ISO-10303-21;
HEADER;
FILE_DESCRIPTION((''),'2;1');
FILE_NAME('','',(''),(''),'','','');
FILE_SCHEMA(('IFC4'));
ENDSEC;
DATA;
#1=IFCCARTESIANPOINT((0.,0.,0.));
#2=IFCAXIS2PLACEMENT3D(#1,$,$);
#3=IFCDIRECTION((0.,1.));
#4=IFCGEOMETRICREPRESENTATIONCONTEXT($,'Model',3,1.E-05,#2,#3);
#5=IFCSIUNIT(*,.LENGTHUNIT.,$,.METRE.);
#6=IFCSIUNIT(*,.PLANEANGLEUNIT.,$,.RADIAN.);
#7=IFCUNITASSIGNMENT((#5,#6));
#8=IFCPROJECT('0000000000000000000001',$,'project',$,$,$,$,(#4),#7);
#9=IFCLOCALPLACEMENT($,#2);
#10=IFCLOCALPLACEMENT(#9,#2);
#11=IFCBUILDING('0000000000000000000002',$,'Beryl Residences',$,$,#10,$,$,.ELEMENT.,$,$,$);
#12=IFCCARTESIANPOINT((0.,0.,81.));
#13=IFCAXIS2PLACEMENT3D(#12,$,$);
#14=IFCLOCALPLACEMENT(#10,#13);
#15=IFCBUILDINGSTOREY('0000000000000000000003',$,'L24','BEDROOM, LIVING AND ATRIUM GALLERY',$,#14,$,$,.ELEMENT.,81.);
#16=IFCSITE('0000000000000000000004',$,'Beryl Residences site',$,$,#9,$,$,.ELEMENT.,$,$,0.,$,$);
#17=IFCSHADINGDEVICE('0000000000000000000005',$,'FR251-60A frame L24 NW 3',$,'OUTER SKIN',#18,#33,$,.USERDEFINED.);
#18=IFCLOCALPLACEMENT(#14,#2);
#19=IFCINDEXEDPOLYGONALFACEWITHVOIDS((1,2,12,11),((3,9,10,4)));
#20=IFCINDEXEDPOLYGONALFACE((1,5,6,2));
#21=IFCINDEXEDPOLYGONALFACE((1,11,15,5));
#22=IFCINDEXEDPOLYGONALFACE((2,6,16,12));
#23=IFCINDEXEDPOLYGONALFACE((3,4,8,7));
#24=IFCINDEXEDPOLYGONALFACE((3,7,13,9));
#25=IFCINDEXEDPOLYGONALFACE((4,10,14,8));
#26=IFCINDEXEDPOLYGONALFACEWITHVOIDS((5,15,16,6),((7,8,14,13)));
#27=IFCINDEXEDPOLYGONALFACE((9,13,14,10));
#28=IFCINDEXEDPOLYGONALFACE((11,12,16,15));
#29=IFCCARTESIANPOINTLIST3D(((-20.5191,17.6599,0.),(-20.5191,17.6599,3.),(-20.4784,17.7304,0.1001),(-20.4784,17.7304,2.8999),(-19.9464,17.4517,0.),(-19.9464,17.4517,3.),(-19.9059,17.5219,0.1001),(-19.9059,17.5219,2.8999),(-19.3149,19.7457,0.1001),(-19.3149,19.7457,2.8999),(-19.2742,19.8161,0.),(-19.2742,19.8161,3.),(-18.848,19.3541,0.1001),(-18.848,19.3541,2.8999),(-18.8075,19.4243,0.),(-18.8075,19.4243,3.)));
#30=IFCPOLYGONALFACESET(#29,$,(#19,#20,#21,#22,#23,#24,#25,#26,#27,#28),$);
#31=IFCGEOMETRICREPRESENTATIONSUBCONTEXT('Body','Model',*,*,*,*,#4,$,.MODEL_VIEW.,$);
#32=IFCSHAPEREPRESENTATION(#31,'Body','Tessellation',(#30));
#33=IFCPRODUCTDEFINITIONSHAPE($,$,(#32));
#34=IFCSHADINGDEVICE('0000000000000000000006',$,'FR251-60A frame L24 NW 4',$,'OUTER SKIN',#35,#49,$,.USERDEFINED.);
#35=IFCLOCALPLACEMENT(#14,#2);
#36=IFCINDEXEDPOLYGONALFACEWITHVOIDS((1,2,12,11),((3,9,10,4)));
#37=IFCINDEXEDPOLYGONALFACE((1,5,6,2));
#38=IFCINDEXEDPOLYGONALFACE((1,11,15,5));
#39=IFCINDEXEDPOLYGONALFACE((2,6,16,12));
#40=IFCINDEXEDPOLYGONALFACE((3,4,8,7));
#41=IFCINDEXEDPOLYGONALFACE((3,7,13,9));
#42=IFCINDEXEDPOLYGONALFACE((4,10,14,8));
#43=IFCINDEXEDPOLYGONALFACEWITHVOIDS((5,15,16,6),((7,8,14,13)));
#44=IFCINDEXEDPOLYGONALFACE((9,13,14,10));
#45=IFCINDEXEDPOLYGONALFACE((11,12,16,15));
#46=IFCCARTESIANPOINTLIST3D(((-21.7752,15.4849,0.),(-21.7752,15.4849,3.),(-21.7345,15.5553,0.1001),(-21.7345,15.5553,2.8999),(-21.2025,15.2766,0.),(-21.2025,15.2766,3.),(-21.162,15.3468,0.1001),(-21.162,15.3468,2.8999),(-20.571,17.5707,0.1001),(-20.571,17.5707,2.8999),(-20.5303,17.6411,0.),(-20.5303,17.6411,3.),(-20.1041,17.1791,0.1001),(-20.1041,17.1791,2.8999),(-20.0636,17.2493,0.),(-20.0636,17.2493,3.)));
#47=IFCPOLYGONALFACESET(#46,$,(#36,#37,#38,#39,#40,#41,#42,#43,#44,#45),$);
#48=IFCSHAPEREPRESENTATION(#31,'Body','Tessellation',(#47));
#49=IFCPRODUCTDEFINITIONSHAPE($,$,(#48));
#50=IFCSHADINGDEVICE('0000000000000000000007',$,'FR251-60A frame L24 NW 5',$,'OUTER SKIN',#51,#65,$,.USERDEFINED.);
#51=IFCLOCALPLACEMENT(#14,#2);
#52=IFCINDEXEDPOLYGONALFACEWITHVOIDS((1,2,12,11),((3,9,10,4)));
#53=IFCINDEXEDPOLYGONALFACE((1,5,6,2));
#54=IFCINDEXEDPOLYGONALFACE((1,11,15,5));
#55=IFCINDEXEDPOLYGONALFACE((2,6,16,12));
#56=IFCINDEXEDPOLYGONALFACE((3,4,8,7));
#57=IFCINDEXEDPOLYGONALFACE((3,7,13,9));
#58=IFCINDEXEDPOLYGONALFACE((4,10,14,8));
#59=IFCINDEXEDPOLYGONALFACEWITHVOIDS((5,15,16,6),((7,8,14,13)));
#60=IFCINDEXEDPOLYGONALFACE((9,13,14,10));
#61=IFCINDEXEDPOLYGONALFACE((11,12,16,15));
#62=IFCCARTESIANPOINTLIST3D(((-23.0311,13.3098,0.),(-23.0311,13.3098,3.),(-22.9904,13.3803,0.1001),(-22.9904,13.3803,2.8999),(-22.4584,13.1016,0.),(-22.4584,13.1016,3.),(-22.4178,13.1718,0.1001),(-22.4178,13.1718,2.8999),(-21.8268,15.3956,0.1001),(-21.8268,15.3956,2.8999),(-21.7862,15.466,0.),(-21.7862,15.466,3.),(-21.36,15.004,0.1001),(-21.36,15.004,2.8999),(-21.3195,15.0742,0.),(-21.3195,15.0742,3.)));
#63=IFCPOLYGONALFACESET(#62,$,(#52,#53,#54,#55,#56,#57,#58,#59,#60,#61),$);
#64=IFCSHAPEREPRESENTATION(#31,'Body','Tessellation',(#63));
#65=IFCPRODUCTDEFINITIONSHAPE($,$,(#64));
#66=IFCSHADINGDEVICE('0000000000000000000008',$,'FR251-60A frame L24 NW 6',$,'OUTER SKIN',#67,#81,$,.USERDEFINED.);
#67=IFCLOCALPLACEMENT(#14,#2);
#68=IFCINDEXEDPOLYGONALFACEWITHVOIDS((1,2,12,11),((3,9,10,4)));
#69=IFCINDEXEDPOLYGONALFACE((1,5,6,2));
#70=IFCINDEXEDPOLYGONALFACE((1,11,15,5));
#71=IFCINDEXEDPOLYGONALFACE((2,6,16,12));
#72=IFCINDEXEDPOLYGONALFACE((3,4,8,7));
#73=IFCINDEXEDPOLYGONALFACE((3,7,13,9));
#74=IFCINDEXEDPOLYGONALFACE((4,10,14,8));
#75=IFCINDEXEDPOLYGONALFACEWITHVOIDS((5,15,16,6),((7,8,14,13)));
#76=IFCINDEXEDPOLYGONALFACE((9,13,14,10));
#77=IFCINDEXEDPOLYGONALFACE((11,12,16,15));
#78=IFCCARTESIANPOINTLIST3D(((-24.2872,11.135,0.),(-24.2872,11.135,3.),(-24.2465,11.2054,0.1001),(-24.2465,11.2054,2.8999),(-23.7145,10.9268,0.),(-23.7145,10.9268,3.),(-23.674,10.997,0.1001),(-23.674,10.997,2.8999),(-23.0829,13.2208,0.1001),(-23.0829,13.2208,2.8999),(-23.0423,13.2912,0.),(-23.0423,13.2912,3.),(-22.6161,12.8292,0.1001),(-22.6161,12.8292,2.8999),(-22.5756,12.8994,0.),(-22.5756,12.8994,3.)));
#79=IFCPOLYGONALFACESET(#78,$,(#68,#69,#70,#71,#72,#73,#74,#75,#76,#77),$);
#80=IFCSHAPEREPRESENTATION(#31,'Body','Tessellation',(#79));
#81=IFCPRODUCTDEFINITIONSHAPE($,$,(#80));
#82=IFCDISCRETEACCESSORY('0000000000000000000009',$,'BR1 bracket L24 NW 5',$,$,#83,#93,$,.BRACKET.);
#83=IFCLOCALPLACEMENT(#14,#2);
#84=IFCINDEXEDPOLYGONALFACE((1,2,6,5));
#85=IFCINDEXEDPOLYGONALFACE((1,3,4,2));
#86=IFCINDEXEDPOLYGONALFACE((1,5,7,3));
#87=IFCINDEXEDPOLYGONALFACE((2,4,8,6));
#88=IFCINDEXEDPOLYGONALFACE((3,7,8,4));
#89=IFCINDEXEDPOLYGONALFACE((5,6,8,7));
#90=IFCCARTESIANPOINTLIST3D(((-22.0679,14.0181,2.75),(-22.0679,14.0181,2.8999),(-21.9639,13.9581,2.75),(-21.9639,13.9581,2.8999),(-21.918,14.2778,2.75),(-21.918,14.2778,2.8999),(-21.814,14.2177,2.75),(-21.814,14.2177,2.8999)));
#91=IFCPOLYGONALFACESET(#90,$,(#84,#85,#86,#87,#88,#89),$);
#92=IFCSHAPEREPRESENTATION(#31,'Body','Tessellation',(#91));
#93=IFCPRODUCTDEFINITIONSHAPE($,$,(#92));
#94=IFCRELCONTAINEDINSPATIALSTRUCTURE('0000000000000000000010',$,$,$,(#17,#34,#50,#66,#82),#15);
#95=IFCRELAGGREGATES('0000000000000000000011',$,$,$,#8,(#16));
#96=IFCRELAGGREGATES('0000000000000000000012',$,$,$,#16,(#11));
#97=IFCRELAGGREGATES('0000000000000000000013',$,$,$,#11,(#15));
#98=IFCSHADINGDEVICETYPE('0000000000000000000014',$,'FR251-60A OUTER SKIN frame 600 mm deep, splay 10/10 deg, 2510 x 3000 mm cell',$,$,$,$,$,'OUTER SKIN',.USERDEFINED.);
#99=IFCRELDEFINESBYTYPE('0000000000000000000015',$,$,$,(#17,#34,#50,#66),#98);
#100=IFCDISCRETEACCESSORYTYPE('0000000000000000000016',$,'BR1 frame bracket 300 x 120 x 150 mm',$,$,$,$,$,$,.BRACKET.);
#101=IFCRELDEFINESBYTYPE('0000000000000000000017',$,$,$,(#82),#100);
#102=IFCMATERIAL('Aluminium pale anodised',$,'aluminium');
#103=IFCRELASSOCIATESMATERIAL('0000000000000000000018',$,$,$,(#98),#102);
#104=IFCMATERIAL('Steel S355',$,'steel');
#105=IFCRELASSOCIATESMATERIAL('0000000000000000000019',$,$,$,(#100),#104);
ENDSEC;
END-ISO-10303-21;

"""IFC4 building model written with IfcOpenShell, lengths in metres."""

from ifc_helpers import new_model, entity, si_unit, direction, frame, origin, place, context, subcontext, project, spatial, polyline, outline, extrude, source, transform, mapped, material, type_object, type_shapes, element, save


model = new_model("IFC4")

# Units and contexts
model_context = context("Model", 3, precision=1e-05, world=origin(), true_north=direction((0.0, 1.0)))
body_context = subcontext(model_context, "Body", "Model", "MODEL_VIEW")
ifc_project = project(units=[si_unit("LENGTHUNIT", "METRE"), si_unit("PLANEANGLEUNIT", "RADIAN")], contexts=[model_context])

# Site, building, storey
site_placement = place(None, origin())
site = spatial("IfcSite", under=ifc_project, at=site_placement, Name="Beryl Residences site", CompositionType="ELEMENT", RefElevation=0.0)
building_placement = place(site_placement, origin())
building = spatial("IfcBuilding", under=site, at=building_placement, Name="Beryl Residences", CompositionType="ELEMENT")
storey_placement = place(building_placement, frame((0.0, 0.0, 81.0)))
storey = spatial("IfcBuildingStorey", under=building, at=storey_placement, Name="L24", Description="BEDROOM, LIVING AND ATRIUM GALLERY", CompositionType="ELEMENT", Elevation=81.0)

# Shading devices
ifc_material_1 = material(Name="Aluminium pale anodised", Category="aluminium")
shading_device_type = type_object("IfcShadingDeviceType", Name="FR251-60A OUTER SKIN frame 600 mm deep, splay 10/10 deg, 2510 x 3000 mm cell", ElementType="OUTER SKIN", PredefinedType="USERDEFINED", material=ifc_material_1)
cartesian_point_1 = entity("IfcCartesianPoint", [-1.1389, 0.0])
cartesian_point_2 = entity("IfcCartesianPoint", [-1.0579, 0.1001])
cartesian_point_3 = entity("IfcCartesianPoint", [-1.2449, 0.0])
cartesian_point_4 = entity("IfcCartesianPoint", [-1.1636, 0.1001])
shared_shape_1 = source(origin(), body_context, "Body", "SweptSolid", [
    entity("IfcExtrudedAreaSolidTapered", entity("IfcArbitraryProfileDefWithVoids", "AREA", None, entity("IfcPolyline", [cartesian_point_1, entity("IfcCartesianPoint", [1.1389, 0.0]), entity("IfcCartesianPoint", [1.1389, 3.0]), entity("IfcCartesianPoint", [-1.1389, 3.0]), cartesian_point_1]), [entity("IfcPolyline", [cartesian_point_2, entity("IfcCartesianPoint", [1.0579, 0.1001]), entity("IfcCartesianPoint", [1.0579, 2.8999]), entity("IfcCartesianPoint", [-1.0579, 2.8999]), cartesian_point_2])]), entity("IfcAxis2Placement3D", entity("IfcCartesianPoint", [0.0, 0.0, 0.0]), entity("IfcDirection", [0.0, 1.0, 0.0]), entity("IfcDirection", [-1.0, 0.0, 0.0])), entity("IfcDirection", [0.0, 0.0, 1.0]), 0.6001, entity("IfcArbitraryProfileDefWithVoids", "AREA", None, entity("IfcPolyline", [cartesian_point_3, entity("IfcCartesianPoint", [1.2449, 0.0]), entity("IfcCartesianPoint", [1.2449, 3.0]), entity("IfcCartesianPoint", [-1.2449, 3.0]), cartesian_point_3]), [entity("IfcPolyline", [cartesian_point_4, entity("IfcCartesianPoint", [1.1636, 0.1001]), entity("IfcCartesianPoint", [1.1636, 2.8999]), entity("IfcCartesianPoint", [-1.1636, 2.8999]), cartesian_point_4])])),
])
type_shapes(shading_device_type, [shared_shape_1])
for number, where, z_axis, x_axis, name in (
    (1, (-19.377, 18.438, 0.0), (0.0, 0.0, 1.0), (0.5, 0.866025, 0.0), "FR251-60A frame L24 NW 3"),
    (2, (-20.6331, 16.2629, 0.0), (0.0, 0.0, 1.0), (0.5, 0.866025, 0.0), "FR251-60A frame L24 NW 4"),
    (3, (-21.8889, 14.0879, 0.0), (0.0, 0.0, 1.0), (0.5, 0.866025, 0.0), "FR251-60A frame L24 NW 5"),
    (4, (-23.145, 11.9131, 0.0), (0.0, 0.0, 1.0), (0.5, 0.866025, 0.0), "FR251-60A frame L24 NW 6"),
):
    element("IfcShadingDevice", number, at=place(storey_placement, frame(where, z_axis=z_axis, x_axis=x_axis)), inside=storey, type_object=shading_device_type, Name=name, ObjectType="OUTER SKIN", PredefinedType="USERDEFINED", context=body_context, shape_type="MappedRepresentation", body=[
        mapped(shared_shape_1, transform((0.0, 0.0, 0.0))),
    ])

# Discrete accessory
ifc_material_2 = material(Name="Steel S355", Category="steel")
discrete_accessory_type = type_object("IfcDiscreteAccessoryType", Name="BR1 frame bracket 300 x 120 x 150 mm", PredefinedType="BRACKET", material=ifc_material_2)
shared_shape_2 = source(origin(), body_context, "Body", "SweptSolid", [
    extrude(outline(polyline([(-0.1499, 0.0), (0.1499, 0.0), (0.1499, 0.1201), (-0.1499, 0.1201), (-0.1499, 0.0)])), origin(), (0.0, 0.0, 1.0), 0.1499),
])
type_shapes(discrete_accessory_type, [shared_shape_2])
discrete_accessory_placement = place(storey_placement, frame((-21.8889, 14.0879, 2.75), z_axis=(0.0, 0.0, 1.0), x_axis=(0.5, 0.866025, 0.0)))
element("IfcDiscreteAccessory", 5, at=discrete_accessory_placement, inside=storey, type_object=discrete_accessory_type, Name="BR1 bracket L24 NW 5", PredefinedType="BRACKET", context=body_context, shape_type="MappedRepresentation", body=[
    mapped(shared_shape_2, transform((0.0, 0.0, 0.0))),
])

save(model, "model.ifc")
